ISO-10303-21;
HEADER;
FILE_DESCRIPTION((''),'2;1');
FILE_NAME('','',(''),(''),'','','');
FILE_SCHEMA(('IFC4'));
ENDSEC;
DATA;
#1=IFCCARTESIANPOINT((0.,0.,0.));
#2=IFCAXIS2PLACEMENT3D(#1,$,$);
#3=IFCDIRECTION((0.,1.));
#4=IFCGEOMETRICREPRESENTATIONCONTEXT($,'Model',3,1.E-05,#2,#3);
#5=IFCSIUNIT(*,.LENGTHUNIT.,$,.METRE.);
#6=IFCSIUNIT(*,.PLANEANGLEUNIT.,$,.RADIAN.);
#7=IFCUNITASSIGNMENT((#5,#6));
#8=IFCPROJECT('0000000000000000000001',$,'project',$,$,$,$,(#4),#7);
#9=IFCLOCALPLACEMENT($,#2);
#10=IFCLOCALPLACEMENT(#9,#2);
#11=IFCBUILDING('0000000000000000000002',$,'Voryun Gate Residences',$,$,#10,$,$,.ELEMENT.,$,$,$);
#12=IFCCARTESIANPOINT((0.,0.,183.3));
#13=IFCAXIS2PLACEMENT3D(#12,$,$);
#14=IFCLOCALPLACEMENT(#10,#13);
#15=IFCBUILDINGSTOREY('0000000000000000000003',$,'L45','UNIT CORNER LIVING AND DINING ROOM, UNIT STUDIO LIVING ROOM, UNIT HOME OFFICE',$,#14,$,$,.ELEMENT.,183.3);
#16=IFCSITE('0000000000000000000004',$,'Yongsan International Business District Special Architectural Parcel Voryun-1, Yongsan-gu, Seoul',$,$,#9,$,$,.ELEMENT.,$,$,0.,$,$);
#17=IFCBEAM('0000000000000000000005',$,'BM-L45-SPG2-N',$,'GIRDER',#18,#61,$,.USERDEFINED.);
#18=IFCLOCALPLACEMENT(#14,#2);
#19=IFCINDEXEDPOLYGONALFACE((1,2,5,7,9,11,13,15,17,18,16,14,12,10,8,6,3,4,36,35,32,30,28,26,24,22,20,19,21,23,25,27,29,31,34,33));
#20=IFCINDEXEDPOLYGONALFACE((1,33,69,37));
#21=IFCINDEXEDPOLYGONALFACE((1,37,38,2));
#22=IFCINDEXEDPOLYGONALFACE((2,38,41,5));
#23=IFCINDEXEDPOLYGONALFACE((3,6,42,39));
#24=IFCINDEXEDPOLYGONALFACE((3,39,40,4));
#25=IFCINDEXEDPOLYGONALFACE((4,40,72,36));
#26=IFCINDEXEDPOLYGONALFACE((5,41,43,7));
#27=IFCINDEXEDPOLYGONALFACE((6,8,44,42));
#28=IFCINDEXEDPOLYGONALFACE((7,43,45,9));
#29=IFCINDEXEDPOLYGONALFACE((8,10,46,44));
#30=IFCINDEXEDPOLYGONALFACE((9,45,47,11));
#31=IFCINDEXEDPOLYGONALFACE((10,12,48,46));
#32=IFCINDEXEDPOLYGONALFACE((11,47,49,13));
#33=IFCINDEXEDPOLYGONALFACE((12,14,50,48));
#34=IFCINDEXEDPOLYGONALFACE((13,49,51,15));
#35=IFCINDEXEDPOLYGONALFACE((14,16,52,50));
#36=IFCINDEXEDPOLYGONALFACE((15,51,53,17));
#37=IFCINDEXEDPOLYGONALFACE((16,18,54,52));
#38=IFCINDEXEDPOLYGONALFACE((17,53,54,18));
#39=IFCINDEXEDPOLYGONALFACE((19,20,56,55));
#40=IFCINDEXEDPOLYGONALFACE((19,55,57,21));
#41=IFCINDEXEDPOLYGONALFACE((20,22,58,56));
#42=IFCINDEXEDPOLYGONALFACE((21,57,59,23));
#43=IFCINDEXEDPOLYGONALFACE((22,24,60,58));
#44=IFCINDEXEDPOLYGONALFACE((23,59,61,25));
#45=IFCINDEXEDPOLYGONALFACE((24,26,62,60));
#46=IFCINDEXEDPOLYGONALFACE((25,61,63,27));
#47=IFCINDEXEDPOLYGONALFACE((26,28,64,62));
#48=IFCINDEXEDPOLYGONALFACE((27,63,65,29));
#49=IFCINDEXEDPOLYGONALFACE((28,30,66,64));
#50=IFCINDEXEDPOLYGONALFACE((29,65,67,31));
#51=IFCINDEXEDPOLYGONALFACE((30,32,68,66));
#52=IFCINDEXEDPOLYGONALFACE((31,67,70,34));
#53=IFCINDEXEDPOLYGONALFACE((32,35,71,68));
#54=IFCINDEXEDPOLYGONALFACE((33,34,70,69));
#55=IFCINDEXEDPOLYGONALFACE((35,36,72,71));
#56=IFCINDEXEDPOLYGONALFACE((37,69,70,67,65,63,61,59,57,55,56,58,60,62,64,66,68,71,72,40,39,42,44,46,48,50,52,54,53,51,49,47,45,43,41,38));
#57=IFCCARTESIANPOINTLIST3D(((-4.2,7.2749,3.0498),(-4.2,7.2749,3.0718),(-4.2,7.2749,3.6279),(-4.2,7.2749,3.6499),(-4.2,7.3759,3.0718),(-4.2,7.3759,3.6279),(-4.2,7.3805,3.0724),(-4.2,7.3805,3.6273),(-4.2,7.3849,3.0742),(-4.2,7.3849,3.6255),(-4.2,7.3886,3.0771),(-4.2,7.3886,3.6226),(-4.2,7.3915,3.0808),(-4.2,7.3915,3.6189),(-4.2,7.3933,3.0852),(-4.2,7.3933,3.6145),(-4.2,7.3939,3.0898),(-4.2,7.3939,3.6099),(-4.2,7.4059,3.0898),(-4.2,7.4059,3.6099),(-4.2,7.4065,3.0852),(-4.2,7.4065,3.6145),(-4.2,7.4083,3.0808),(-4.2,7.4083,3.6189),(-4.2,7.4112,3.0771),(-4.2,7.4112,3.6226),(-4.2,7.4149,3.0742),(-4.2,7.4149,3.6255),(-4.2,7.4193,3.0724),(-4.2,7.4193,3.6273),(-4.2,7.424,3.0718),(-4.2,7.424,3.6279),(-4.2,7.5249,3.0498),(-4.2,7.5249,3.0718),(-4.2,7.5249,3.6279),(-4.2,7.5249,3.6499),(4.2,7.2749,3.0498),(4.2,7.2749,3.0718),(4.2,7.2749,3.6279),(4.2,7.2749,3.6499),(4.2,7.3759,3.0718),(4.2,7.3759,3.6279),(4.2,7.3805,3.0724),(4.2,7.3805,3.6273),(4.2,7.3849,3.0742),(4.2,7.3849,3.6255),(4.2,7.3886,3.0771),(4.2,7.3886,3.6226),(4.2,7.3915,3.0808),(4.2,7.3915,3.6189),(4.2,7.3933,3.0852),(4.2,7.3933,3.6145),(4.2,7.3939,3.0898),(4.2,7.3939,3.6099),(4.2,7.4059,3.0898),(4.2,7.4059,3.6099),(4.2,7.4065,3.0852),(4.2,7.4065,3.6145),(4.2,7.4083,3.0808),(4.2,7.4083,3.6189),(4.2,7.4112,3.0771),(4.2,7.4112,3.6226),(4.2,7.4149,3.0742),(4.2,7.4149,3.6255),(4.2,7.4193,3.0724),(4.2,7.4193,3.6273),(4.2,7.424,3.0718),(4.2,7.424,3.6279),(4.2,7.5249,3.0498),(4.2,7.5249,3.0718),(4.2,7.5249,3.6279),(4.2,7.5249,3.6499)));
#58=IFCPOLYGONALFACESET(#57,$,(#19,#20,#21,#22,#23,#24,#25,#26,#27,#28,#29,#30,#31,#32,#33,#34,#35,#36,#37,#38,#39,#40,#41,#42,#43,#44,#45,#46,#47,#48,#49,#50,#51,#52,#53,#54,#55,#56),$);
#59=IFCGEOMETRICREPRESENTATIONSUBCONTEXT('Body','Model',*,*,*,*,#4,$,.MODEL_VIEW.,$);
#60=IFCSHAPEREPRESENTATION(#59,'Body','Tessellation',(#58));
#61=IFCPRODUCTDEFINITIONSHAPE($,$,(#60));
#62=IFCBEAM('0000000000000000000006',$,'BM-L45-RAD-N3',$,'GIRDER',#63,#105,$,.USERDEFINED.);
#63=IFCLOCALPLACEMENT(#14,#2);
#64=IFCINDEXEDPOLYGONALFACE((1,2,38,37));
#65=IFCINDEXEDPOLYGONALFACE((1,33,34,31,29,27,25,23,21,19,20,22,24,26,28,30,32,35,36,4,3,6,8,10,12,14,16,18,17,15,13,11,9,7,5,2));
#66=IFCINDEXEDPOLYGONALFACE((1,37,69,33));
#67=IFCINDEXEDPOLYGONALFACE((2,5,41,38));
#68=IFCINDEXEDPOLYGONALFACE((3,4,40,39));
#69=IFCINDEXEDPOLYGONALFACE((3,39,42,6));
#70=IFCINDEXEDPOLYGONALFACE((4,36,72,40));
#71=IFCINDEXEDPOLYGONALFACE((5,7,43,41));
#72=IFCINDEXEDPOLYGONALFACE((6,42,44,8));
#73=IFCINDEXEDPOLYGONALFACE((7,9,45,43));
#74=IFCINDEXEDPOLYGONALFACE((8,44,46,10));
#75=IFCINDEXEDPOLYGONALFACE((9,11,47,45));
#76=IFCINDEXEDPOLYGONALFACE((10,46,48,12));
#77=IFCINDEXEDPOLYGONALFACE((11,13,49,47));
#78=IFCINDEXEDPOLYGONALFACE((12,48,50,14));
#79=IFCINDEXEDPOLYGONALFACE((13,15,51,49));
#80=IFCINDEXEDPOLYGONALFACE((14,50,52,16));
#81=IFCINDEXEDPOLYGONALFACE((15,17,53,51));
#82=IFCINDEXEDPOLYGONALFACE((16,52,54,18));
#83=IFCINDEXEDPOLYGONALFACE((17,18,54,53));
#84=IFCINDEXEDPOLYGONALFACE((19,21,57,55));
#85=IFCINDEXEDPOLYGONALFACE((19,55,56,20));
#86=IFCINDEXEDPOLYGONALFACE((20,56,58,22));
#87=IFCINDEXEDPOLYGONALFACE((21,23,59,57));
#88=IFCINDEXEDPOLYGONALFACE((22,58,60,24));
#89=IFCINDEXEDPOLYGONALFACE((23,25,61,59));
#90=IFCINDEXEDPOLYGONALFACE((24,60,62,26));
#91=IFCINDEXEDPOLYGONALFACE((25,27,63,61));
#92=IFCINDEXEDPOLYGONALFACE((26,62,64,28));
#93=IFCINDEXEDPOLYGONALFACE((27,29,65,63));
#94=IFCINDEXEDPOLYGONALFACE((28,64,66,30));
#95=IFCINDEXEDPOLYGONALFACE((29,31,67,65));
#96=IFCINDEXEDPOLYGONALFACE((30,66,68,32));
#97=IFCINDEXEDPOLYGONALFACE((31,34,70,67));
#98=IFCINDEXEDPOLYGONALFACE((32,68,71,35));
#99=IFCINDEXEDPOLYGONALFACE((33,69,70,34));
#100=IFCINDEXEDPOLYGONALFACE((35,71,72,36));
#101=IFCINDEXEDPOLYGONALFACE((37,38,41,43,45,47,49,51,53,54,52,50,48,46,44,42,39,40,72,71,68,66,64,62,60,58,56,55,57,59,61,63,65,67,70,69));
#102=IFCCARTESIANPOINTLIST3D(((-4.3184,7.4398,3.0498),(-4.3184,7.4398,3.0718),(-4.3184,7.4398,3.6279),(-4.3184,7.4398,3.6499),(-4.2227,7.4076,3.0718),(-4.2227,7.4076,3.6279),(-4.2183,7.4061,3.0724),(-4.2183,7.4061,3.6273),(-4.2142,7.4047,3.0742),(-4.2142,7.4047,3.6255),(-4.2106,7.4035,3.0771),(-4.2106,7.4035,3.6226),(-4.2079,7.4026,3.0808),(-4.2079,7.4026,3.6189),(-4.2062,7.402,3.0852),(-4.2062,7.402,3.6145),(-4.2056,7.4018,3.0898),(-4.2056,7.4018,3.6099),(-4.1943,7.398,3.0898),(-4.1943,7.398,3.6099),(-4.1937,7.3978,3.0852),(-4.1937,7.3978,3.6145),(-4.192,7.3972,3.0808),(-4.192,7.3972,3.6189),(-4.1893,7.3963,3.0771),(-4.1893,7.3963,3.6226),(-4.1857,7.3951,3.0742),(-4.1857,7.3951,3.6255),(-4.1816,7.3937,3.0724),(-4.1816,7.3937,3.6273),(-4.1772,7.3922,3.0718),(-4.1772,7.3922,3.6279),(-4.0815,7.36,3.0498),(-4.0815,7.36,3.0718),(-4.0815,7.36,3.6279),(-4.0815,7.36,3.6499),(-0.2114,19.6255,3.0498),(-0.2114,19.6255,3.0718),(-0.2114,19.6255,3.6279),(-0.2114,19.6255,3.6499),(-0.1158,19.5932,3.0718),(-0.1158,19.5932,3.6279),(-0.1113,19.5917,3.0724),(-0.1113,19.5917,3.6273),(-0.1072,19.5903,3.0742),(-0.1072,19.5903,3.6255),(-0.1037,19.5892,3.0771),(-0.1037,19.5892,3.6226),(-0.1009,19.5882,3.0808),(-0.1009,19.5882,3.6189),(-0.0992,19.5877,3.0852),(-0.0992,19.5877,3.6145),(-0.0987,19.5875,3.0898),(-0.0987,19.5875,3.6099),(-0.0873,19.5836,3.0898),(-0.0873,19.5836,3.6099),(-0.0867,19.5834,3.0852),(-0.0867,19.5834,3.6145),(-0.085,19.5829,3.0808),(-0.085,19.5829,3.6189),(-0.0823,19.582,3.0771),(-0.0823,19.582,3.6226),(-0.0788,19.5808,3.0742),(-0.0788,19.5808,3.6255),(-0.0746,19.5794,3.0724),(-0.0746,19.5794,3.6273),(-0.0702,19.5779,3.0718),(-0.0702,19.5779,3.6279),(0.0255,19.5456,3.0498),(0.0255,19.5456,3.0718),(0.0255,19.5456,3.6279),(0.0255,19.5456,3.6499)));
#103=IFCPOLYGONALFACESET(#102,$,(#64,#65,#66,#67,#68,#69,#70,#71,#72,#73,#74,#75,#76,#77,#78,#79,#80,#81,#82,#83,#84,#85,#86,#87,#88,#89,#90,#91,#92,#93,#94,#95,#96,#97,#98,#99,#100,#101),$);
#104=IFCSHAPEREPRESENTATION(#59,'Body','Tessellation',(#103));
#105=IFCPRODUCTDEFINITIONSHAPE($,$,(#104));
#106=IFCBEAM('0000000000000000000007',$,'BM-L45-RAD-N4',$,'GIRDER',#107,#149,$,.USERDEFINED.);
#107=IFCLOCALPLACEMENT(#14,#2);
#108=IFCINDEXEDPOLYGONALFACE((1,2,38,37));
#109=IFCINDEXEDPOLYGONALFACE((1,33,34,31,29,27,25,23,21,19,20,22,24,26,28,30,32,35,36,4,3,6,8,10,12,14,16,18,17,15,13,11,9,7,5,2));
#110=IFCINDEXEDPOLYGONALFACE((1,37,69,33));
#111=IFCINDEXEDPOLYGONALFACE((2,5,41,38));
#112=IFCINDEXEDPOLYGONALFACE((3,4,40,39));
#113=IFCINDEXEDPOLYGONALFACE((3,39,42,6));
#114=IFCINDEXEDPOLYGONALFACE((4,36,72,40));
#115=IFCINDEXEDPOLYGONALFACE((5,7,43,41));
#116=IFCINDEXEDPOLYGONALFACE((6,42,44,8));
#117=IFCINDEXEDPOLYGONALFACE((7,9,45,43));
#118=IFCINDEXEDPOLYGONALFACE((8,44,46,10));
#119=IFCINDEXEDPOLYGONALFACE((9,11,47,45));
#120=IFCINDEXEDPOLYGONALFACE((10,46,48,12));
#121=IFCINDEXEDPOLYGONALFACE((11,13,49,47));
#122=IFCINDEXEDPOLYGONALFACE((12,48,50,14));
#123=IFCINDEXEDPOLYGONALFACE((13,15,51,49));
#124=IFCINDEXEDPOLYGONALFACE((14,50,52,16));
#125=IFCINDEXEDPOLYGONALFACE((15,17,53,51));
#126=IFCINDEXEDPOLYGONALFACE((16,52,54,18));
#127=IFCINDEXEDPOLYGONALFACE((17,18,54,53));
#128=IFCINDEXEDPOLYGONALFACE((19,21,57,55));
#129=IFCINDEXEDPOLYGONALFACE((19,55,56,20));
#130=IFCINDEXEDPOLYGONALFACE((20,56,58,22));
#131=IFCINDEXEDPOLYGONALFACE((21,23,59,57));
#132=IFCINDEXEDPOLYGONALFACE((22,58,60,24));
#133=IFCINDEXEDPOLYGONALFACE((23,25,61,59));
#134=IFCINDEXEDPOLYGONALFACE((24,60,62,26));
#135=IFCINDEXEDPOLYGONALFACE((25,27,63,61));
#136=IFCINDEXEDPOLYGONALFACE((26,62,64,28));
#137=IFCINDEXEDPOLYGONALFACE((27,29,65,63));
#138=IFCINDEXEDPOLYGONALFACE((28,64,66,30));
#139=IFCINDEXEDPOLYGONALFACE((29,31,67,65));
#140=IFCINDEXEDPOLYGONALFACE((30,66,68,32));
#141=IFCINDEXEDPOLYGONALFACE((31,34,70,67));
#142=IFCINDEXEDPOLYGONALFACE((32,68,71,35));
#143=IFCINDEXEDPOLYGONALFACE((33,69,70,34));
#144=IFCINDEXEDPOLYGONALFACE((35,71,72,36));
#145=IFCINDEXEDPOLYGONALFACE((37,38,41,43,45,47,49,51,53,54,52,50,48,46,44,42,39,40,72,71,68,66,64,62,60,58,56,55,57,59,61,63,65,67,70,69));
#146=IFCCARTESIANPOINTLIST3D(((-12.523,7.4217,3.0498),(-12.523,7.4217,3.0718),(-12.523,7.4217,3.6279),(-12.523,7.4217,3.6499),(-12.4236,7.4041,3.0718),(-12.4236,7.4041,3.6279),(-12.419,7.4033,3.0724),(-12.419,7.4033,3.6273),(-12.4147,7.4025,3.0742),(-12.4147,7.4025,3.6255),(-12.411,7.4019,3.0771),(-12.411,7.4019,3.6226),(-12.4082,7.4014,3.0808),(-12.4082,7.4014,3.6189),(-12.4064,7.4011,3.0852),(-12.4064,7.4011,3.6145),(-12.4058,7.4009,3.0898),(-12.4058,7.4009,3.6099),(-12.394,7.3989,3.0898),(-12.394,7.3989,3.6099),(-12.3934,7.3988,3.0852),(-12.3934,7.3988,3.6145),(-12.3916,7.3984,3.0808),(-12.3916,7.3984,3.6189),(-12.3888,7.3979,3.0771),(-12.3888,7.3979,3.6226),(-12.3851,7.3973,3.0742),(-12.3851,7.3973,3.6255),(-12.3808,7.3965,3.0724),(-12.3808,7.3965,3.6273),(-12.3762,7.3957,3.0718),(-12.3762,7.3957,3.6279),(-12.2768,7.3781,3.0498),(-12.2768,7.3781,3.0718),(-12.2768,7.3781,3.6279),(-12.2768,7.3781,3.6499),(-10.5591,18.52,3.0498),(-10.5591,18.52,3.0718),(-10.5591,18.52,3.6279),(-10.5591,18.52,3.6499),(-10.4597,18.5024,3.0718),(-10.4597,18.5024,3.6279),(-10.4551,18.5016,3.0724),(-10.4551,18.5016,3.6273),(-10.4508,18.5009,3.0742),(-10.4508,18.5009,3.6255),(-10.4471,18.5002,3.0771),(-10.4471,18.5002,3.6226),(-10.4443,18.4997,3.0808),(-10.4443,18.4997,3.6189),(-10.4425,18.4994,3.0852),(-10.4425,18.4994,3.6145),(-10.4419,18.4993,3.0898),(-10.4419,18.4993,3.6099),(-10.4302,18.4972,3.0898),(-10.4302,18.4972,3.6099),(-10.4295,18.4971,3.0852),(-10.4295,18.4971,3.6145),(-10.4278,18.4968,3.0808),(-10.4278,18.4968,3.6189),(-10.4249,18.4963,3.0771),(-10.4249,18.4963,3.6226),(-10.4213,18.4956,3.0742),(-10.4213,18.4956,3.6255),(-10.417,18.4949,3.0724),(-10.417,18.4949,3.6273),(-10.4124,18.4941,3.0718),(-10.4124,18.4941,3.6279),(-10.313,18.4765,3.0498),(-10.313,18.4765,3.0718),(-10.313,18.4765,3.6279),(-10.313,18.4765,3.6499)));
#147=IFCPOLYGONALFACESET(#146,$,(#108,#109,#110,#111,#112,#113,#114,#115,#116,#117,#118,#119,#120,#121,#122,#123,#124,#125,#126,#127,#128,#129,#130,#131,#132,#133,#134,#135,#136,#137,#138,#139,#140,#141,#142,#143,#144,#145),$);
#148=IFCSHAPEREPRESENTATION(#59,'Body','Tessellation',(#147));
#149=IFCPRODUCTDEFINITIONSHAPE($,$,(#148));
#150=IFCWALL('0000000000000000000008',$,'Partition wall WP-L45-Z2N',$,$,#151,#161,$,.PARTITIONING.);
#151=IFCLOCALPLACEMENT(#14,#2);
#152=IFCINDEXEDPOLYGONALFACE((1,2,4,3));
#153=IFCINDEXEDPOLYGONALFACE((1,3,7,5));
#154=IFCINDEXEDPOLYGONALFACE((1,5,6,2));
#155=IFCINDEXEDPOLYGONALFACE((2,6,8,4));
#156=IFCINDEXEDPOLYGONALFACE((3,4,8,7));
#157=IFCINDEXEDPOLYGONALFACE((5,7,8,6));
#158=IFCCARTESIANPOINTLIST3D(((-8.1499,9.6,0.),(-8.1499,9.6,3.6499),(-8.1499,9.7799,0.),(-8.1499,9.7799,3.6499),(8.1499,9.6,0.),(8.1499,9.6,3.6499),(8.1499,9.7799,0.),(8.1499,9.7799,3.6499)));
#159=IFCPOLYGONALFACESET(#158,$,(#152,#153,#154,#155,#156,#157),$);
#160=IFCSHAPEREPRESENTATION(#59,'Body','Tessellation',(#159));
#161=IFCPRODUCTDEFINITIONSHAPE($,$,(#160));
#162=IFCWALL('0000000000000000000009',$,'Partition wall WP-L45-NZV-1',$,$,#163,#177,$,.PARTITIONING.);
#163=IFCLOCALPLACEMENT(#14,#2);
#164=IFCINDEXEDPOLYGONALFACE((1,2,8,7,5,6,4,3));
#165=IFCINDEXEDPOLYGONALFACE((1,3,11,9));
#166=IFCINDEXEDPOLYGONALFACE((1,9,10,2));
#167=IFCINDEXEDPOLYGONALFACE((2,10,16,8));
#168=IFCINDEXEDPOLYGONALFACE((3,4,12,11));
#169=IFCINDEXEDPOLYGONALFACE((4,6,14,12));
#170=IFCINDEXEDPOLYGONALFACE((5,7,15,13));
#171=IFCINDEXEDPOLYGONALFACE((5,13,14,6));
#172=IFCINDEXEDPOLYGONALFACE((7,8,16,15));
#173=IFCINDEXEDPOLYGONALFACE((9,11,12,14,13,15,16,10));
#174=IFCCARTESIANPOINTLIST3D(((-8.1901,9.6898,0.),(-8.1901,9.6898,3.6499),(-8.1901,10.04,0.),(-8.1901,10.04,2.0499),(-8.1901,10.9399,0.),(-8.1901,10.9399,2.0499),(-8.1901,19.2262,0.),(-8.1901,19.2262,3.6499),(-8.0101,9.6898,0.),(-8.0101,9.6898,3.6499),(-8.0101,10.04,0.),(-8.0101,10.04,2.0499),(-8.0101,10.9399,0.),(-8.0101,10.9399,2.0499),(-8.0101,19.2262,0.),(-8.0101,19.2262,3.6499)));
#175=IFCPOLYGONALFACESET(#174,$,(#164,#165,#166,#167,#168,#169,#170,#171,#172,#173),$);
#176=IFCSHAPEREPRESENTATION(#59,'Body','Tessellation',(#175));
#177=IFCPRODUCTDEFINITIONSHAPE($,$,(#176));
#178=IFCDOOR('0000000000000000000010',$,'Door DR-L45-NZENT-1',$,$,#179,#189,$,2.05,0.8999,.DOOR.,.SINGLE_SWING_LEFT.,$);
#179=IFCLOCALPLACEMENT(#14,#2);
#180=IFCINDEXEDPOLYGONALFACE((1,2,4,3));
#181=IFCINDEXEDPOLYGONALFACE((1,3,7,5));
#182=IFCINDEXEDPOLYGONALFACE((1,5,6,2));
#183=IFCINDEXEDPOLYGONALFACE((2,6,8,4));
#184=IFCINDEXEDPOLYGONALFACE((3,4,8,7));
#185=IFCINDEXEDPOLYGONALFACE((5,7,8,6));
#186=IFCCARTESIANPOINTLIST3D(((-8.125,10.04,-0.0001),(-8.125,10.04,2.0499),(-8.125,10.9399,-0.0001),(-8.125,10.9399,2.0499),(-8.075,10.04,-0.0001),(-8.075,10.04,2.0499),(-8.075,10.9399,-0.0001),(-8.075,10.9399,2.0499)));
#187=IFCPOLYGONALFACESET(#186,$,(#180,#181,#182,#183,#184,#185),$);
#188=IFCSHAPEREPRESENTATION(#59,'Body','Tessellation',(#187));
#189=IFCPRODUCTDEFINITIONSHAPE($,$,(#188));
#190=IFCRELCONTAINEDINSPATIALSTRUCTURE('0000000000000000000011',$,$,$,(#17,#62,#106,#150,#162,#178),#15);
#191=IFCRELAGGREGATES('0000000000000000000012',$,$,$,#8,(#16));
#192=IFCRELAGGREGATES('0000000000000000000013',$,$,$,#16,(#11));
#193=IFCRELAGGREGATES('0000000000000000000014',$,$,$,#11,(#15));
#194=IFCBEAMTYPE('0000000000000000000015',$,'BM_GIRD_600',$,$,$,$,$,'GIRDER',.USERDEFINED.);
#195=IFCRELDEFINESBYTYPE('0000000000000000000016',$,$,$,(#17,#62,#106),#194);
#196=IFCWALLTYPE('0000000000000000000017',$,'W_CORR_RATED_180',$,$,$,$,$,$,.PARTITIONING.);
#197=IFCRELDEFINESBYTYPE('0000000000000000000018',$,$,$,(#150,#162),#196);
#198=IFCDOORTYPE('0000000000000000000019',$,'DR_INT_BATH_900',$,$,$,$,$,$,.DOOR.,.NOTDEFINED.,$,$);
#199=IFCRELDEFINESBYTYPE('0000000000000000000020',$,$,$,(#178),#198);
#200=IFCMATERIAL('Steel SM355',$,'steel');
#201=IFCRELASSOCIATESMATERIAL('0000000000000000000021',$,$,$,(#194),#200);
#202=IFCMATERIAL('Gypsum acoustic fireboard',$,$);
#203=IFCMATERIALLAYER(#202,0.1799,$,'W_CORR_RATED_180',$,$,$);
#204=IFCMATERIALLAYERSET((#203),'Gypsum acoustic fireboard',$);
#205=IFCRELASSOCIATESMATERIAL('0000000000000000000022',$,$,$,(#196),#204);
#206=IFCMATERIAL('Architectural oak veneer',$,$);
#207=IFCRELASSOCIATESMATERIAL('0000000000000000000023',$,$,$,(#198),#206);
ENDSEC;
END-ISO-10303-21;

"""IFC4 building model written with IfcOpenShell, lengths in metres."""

from ifc_helpers import new_model, si_unit, direction, frame, frame_2d, origin, origin_2d, place, context, subcontext, project, spatial, rectangle, i_section, extrude, material, layer, layer_set, material_profile, profile_set, type_object, element, fill, save


model = new_model("IFC4")

# Units and contexts
model_context = context("Model", 3, precision=1e-05, world=origin(), true_north=direction((0.0, 1.0)))
body_context = subcontext(model_context, "Body", "Model", "MODEL_VIEW")
ifc_project = project(units=[si_unit("LENGTHUNIT", "METRE"), si_unit("PLANEANGLEUNIT", "RADIAN")], contexts=[model_context])

# Site, building, storey
site_placement = place(None, origin())
site = spatial("IfcSite", under=ifc_project, at=site_placement, Name="Yongsan International Business District Special Architectural Parcel Voryun-1, Yongsan-gu, Seoul", CompositionType="ELEMENT", RefElevation=0.0)
building_placement = place(site_placement, origin())
building = spatial("IfcBuilding", under=site, at=building_placement, Name="Voryun Gate Residences", CompositionType="ELEMENT")
storey_placement = place(building_placement, frame((0.0, 0.0, 183.3)))
storey = spatial("IfcBuildingStorey", under=building, at=storey_placement, Name="L45", Description="UNIT CORNER LIVING AND DINING ROOM, UNIT STUDIO LIVING ROOM, UNIT HOME OFFICE", CompositionType="ELEMENT", Elevation=183.3)

# Beams
ifc_material_1 = material(Name="Steel SM355", Category="steel")
ifc_material_profile_1 = material_profile(ifc_material_1, i_section(OverallWidth=0.25, OverallDepth=0.6001, WebThickness=0.012, FlangeThickness=0.022, FilletRadius=0.0181, at=origin_2d()), Name="H-600x250x12x22")
ifc_profile_set_1 = profile_set([ifc_material_profile_1], Name="Steel SM355")
beam_type_1 = type_object("IfcBeamType", Name="BM_GIRD_600", ElementType="GIRDER", PredefinedType="USERDEFINED", material=ifc_profile_set_1)
beam_1_placement = place(storey_placement, frame((-4.2, 7.3999, 3.3499), z_axis=(1.0, 0.0, 0.0), x_axis=(0.0, 1.0, 0.0)))
element("IfcBeam", 1, at=beam_1_placement, inside=storey, type_object=beam_type_1, Name="BM-L45-SPG2-N", ObjectType="GIRDER", PredefinedType="USERDEFINED", context=body_context, shape_type="SweptSolid", body=[
    extrude(i_section(OverallWidth=0.25, OverallDepth=0.6001, WebThickness=0.012, FlangeThickness=0.022, FilletRadius=0.0181, at=origin_2d()), origin(), (0.0, 0.0, 1.0), 8.3999),
])
beam_2_placement = place(storey_placement, frame((-4.2, 7.3999, 3.3499), z_axis=(0.319381, 0.947626, 0.0), x_axis=(-0.947626, 0.319381, 0.0)))
element("IfcBeam", 2, at=beam_2_placement, inside=storey, type_object=beam_type_1, Name="BM-L45-RAD-N3", ObjectType="GIRDER", PredefinedType="USERDEFINED", context=body_context, shape_type="SweptSolid", body=[
    extrude(i_section(OverallWidth=0.25, OverallDepth=0.6001, WebThickness=0.012, FlangeThickness=0.022, FilletRadius=0.0181, at=origin_2d()), origin(), (0.0, 0.0, 1.0), 12.8591),
])
beam_3_placement = place(storey_placement, frame((-12.3999, 7.3999, 3.3499), z_axis=(0.174244, 0.984703, 0.0), x_axis=(-0.984703, 0.174244, 0.0)))
element("IfcBeam", 3, at=beam_3_placement, inside=storey, type_object=beam_type_1, Name="BM-L45-RAD-N4", ObjectType="GIRDER", PredefinedType="USERDEFINED", context=body_context, shape_type="SweptSolid", body=[
    extrude(i_section(OverallWidth=0.25, OverallDepth=0.6001, WebThickness=0.012, FlangeThickness=0.022, FilletRadius=0.0181, at=origin_2d()), origin(), (0.0, 0.0, 1.0), 11.2708),
])

# Wall
ifc_material_2 = material(Name="Gypsum acoustic fireboard")
ifc_layer_1 = layer(ifc_material_2, 0.1799, Name="W_CORR_RATED_180")
ifc_layer_set_1 = layer_set([ifc_layer_1], Name="Gypsum acoustic fireboard")
wall_type_1 = type_object("IfcWallType", Name="W_CORR_RATED_180", PredefinedType="PARTITIONING", material=ifc_layer_set_1)
wall_1_placement = place(storey_placement, frame((-8.1499, 9.6899, 0.0), z_axis=(0.0, 0.0, 1.0), x_axis=(1.0, 0.0, 0.0)))
element("IfcWall", 4, at=wall_1_placement, inside=storey, type_object=wall_type_1, Name="Partition wall WP-L45-Z2N", PredefinedType="PARTITIONING", context=body_context, shape_type="SweptSolid", body=[
    extrude(rectangle(XDim=16.2998, YDim=0.1799, at=frame_2d((8.1499, 0.0))), origin(), (0.0, 0.0, 1.0), 3.6499),
])

# Wall, opening, door
wall_2_placement = place(storey_placement, frame((-8.1001, 9.6899, 0.0), z_axis=(0.0, 0.0, 1.0), x_axis=(0.0, 1.0, 0.0)))
wall_2 = element("IfcWall", 5, at=wall_2_placement, inside=storey, type_object=wall_type_1, Name="Partition wall WP-L45-NZV-1", PredefinedType="PARTITIONING", context=body_context, shape_type="SweptSolid", body=[
    extrude(rectangle(XDim=9.5364, YDim=0.1799, at=frame_2d((4.7681, 0.0))), origin(), (0.0, 0.0, 1.0), 3.6499),
])
opening_1_placement = place(wall_2_placement, frame((0.3501, 0.0, 0.0)))
opening_1 = element("IfcOpeningElement", 6, at=opening_1_placement, cuts=wall_2, PredefinedType="OPENING", context=body_context, shape_type="SweptSolid", body=[
    extrude(rectangle(XDim=0.8999, YDim=2.05, at=frame_2d((0.45, 1.0249))), frame((0.0, 0.0999, 0.0), z_axis=(0.0, -1.0, 0.0), x_axis=(1.0, 0.0, 0.0)), (0.0, 0.0, 1.0), 0.2),
])
ifc_material_3 = material(Name="Architectural oak veneer")
door_type = type_object("IfcDoorType", Name="DR_INT_BATH_900", OperationType="NOTDEFINED", PredefinedType="DOOR", material=ifc_material_3)
door_1_placement = place(opening_1_placement, origin())
door_1 = element("IfcDoor", 7, at=door_1_placement, inside=storey, type_object=door_type, Name="Door DR-L45-NZENT-1", OperationType="SINGLE_SWING_LEFT", OverallHeight=2.05, OverallWidth=0.8999, PredefinedType="DOOR", context=body_context, shape_type="SweptSolid", body=[
    extrude(rectangle(XDim=0.8999, YDim=2.05, at=frame_2d((0.45, 1.0249))), frame((0.0, 0.0249, 0.0), z_axis=(0.0, -1.0, 0.0), x_axis=(1.0, 0.0, 0.0)), (0.0, 0.0, 1.0), 0.05),
])
fill(opening_1, door_1)

save(model, "model.ifc")
